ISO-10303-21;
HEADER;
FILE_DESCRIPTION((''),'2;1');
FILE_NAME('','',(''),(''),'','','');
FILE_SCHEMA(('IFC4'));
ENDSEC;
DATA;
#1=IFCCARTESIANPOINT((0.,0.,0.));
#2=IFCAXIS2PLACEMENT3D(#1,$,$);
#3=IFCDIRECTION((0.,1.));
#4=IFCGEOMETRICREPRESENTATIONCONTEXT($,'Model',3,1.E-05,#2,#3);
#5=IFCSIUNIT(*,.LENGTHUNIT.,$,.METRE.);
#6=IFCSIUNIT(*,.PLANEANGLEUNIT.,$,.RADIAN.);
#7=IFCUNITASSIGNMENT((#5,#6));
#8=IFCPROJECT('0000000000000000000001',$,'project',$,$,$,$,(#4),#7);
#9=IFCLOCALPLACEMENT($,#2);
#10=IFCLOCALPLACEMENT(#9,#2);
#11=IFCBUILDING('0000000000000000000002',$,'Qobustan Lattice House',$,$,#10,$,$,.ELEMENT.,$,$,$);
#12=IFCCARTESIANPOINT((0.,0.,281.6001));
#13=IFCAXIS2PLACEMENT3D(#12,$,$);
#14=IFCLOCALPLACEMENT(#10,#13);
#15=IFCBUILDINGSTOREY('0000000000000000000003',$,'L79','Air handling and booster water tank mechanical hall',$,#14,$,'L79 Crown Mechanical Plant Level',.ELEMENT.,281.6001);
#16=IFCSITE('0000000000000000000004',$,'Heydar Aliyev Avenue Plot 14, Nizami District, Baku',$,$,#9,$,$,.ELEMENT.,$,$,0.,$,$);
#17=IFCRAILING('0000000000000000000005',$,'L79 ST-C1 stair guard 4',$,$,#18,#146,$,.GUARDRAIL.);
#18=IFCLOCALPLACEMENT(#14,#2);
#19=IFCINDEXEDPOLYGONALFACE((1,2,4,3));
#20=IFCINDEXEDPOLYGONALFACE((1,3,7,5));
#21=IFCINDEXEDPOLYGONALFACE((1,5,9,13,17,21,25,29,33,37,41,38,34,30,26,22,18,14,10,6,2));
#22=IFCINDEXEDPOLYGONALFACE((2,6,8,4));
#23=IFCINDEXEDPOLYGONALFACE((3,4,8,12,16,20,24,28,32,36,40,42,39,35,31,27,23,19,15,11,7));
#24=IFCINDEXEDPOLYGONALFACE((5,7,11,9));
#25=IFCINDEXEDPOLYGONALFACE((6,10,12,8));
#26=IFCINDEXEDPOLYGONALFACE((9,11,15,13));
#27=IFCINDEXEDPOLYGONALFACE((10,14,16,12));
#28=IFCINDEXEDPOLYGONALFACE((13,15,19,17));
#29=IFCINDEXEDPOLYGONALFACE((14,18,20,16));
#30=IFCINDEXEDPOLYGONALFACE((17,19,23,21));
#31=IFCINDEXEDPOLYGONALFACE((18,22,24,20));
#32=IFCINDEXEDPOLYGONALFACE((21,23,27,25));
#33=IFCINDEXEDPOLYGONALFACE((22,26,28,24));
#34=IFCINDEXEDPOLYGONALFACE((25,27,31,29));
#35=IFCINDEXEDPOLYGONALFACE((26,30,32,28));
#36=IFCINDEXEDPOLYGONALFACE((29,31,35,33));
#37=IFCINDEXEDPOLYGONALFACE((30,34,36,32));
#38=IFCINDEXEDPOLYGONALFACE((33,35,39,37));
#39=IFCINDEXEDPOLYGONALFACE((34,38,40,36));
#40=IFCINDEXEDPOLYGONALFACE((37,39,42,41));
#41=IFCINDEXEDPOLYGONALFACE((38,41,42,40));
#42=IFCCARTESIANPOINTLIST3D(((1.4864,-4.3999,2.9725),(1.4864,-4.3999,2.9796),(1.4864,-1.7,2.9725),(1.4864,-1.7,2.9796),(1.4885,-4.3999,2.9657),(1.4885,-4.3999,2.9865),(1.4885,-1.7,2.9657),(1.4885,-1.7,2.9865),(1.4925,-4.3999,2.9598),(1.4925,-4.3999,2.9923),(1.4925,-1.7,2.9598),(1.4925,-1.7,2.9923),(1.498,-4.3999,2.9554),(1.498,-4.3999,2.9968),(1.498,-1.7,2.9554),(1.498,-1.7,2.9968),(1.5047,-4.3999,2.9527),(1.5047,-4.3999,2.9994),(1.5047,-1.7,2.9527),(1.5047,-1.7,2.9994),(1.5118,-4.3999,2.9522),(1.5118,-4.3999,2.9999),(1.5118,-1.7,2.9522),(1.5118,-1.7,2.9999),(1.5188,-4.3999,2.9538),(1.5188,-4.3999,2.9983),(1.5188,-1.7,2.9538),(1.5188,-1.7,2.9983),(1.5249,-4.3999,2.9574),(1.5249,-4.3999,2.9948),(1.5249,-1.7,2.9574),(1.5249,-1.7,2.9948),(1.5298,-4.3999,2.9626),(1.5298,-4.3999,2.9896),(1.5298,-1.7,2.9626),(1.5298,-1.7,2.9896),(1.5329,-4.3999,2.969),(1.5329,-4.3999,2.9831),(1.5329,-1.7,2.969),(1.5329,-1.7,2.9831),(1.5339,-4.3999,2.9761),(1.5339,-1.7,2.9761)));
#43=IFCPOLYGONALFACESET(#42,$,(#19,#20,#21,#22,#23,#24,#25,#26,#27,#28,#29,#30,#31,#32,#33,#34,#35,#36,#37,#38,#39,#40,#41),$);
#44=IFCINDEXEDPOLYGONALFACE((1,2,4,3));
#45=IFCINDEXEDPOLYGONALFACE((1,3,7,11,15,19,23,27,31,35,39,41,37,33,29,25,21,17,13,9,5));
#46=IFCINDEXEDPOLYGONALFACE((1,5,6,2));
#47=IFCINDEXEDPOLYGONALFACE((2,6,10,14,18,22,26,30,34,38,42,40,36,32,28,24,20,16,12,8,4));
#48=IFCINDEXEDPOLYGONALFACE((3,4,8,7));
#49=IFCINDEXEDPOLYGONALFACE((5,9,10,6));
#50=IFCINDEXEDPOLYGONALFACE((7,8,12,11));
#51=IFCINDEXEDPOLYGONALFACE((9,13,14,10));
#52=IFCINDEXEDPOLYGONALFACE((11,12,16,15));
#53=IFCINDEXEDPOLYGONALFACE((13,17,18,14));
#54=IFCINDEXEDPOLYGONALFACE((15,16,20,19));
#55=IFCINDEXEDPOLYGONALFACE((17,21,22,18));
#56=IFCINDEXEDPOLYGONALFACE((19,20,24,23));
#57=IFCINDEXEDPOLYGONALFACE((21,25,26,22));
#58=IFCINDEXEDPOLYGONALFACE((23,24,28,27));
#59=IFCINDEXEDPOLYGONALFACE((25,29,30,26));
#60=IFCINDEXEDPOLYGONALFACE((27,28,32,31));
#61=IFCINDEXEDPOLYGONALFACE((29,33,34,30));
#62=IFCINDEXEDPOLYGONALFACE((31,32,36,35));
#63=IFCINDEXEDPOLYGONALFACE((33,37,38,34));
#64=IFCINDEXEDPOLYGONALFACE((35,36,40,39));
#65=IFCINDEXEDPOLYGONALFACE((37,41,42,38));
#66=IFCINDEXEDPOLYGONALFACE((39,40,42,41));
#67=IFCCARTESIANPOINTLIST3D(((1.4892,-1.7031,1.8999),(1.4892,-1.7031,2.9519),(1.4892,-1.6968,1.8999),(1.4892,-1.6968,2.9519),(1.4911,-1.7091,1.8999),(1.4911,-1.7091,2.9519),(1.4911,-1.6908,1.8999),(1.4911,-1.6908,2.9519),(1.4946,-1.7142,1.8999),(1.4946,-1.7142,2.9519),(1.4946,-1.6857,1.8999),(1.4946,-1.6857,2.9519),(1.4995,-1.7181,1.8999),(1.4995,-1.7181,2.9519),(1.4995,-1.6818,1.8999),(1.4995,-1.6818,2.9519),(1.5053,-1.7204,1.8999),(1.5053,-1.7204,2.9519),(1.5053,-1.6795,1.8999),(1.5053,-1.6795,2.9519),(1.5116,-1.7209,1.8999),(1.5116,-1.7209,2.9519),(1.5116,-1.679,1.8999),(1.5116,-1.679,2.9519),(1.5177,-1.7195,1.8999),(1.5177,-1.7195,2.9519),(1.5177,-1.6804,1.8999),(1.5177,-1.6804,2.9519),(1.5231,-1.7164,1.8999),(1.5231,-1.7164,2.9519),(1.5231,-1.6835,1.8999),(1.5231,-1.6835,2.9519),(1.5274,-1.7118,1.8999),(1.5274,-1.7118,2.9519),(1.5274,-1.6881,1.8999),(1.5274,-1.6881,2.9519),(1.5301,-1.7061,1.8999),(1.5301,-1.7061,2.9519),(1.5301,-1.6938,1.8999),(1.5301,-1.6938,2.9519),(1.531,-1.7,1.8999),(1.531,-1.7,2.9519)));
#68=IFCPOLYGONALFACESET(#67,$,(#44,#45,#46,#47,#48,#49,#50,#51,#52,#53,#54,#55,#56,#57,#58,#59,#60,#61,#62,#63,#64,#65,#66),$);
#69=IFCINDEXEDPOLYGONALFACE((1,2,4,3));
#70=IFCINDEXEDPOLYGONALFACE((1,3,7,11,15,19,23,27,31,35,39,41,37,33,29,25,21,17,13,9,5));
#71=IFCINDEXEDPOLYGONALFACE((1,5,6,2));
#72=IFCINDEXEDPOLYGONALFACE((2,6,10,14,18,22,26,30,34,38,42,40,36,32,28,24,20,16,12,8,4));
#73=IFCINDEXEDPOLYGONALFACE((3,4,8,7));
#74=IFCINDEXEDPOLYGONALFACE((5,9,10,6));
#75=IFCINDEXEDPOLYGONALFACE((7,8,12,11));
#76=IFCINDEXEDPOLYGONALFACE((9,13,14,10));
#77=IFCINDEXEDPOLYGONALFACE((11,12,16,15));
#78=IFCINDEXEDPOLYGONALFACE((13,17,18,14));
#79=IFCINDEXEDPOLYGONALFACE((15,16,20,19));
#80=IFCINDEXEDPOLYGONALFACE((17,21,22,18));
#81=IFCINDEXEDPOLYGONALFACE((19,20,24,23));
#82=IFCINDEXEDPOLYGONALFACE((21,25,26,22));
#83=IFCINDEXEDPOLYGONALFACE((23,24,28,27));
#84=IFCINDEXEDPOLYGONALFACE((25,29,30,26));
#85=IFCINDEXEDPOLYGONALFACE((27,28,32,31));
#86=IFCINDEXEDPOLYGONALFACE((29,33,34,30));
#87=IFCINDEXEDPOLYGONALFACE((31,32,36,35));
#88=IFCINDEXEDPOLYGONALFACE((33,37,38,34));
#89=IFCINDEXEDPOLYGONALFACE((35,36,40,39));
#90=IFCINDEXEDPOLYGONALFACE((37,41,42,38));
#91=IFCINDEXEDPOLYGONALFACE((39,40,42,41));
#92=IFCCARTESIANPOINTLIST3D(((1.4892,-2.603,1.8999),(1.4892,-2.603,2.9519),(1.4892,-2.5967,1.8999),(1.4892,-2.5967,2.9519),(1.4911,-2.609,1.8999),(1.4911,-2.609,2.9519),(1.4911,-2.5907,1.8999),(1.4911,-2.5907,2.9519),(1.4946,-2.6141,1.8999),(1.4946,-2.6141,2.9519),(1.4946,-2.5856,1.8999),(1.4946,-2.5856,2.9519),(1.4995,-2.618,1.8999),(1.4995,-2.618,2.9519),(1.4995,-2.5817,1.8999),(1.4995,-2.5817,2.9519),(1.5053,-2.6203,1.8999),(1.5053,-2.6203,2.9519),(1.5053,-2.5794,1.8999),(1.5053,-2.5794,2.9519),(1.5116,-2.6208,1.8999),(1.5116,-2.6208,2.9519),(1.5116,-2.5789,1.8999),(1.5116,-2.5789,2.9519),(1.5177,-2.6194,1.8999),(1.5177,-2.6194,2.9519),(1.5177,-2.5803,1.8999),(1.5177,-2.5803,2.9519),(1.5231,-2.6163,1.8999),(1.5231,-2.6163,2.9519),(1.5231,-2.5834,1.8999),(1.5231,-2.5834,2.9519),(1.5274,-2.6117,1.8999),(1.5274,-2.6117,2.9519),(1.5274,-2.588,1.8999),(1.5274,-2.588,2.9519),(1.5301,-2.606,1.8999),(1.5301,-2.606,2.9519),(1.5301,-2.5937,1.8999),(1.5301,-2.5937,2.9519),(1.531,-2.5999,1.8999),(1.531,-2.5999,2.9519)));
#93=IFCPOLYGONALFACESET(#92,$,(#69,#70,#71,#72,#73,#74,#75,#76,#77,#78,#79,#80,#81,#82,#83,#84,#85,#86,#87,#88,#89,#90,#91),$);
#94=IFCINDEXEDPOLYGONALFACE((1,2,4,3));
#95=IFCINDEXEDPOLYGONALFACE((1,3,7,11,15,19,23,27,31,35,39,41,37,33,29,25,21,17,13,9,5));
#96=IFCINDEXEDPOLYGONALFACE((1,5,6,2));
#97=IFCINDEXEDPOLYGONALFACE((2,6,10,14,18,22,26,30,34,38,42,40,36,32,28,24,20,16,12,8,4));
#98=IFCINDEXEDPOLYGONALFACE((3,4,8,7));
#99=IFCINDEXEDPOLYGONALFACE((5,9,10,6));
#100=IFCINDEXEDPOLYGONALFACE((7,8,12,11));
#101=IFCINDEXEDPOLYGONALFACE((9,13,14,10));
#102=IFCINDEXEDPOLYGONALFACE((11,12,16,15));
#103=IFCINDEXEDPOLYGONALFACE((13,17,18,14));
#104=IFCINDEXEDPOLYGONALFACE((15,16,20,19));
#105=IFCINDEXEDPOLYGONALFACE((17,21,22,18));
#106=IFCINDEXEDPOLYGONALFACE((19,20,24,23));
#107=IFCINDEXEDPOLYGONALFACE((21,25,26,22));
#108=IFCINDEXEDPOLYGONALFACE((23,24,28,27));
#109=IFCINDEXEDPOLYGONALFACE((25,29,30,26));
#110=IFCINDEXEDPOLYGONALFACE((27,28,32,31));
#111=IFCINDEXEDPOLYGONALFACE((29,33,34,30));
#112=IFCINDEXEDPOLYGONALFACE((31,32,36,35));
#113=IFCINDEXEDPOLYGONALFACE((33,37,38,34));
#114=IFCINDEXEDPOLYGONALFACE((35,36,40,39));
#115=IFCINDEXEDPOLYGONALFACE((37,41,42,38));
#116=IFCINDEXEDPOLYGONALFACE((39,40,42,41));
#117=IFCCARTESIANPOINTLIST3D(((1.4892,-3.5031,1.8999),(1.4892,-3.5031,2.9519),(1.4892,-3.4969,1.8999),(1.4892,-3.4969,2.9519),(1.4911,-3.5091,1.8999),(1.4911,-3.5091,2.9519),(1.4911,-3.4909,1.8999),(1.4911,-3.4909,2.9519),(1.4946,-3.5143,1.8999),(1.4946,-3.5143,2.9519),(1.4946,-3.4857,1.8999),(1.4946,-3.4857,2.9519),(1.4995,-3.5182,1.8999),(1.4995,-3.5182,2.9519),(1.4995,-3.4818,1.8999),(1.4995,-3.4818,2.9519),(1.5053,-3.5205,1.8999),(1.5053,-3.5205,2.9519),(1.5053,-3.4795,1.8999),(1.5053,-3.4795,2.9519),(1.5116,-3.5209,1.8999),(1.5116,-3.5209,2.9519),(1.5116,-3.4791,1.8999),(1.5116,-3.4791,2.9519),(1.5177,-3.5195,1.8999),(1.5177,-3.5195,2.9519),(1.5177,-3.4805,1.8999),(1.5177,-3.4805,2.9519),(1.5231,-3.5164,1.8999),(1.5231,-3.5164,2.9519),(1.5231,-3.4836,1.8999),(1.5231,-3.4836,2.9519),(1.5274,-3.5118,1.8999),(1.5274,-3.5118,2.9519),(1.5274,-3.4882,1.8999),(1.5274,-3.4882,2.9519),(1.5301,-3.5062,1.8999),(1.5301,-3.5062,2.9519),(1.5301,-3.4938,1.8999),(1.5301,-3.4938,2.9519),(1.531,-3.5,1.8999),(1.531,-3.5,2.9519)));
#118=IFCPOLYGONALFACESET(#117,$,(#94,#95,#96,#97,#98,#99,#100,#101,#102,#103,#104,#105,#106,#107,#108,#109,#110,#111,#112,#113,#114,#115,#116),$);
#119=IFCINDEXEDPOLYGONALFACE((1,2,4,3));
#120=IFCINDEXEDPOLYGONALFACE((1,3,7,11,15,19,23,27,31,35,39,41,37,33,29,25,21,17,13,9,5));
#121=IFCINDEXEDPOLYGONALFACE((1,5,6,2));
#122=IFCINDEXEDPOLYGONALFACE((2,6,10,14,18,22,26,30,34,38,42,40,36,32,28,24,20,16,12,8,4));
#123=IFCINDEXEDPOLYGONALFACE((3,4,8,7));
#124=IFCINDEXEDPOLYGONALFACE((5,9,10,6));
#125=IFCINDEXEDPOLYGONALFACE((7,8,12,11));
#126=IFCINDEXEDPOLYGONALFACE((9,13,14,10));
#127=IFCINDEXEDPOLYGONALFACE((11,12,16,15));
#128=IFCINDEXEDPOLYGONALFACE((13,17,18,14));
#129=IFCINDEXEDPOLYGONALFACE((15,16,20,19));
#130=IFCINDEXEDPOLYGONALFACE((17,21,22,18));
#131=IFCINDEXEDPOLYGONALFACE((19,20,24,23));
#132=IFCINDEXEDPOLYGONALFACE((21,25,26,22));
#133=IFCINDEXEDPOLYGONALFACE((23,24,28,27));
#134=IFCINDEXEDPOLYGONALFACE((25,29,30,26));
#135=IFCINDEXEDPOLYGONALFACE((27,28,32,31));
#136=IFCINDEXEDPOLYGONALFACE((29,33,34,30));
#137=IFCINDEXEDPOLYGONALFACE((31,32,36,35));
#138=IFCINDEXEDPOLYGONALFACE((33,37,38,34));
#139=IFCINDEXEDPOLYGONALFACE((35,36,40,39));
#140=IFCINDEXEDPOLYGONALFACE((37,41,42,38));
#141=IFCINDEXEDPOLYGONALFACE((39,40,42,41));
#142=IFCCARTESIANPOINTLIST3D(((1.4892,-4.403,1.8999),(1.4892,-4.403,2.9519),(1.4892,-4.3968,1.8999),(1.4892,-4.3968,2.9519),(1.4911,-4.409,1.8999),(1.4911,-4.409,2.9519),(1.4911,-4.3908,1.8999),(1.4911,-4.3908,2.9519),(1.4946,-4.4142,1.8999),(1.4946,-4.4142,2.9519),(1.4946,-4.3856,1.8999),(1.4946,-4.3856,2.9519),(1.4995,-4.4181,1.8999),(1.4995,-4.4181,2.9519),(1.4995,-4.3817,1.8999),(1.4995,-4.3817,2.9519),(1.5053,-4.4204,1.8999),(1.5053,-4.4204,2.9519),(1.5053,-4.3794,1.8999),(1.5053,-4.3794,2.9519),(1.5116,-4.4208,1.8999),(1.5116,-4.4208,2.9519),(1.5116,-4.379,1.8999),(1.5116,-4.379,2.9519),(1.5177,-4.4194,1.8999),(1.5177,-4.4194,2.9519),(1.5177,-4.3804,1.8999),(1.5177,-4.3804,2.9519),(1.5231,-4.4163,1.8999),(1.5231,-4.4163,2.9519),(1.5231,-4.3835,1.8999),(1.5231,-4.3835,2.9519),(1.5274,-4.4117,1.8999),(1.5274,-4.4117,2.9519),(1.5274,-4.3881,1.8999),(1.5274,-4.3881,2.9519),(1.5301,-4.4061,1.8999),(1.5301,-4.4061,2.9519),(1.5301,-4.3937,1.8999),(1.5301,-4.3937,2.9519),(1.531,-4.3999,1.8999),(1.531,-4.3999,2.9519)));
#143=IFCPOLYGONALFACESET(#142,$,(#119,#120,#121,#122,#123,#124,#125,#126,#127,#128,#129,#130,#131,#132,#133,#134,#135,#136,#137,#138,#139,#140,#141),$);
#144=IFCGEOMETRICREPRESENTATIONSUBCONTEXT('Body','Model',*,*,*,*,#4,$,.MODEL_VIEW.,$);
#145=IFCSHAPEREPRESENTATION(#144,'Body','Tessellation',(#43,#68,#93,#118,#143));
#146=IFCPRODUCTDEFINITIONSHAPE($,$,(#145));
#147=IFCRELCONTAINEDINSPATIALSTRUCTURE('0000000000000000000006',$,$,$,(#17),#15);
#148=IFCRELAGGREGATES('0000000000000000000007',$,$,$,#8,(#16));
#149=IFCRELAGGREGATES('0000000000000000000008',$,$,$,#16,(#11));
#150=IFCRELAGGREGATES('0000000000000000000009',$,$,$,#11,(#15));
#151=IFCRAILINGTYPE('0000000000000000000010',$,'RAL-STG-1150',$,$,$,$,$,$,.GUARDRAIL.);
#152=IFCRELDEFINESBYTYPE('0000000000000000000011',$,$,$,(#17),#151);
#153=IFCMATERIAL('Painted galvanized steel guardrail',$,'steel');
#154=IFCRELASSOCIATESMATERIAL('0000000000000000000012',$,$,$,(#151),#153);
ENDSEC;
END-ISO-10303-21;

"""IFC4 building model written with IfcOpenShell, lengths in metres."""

from ifc_helpers import new_model, si_unit, direction, frame, origin, origin_2d, place, context, subcontext, project, spatial, circle, extrude, material, type_object, element, save


model = new_model("IFC4")

# Units and contexts
model_context = context("Model", 3, precision=1e-05, world=origin(), true_north=direction((0.0, 1.0)))
body_context = subcontext(model_context, "Body", "Model", "MODEL_VIEW")
ifc_project = project(units=[si_unit("LENGTHUNIT", "METRE"), si_unit("PLANEANGLEUNIT", "RADIAN")], contexts=[model_context])

# Site, building, storey
site_placement = place(None, origin())
site = spatial("IfcSite", under=ifc_project, at=site_placement, Name="Heydar Aliyev Avenue Plot 14, Nizami District, Baku", CompositionType="ELEMENT", RefElevation=0.0)
building_placement = place(site_placement, origin())
building = spatial("IfcBuilding", under=site, at=building_placement, Name="Qobustan Lattice House", CompositionType="ELEMENT")
storey_placement = place(building_placement, frame((0.0, 0.0, 281.6001)))
storey = spatial("IfcBuildingStorey", under=building, at=storey_placement, Name="L79", Description="Air handling and booster water tank mechanical hall", LongName="L79 Crown Mechanical Plant Level", CompositionType="ELEMENT", Elevation=281.6001)

# Railing
ifc_material_1 = material(Name="Painted galvanized steel guardrail", Category="steel")
railing_type_1 = type_object("IfcRailingType", Name="RAL-STG-1150", PredefinedType="GUARDRAIL", material=ifc_material_1)
railing_1_placement = place(storey_placement, frame((1.51, -1.7, 1.8999)))
element("IfcRailing", 1, at=railing_1_placement, inside=storey, type_object=railing_type_1, Name="L79 ST-C1 stair guard 4", PredefinedType="GUARDRAIL", context=body_context, shape_type="SweptSolid", body=[
    extrude(circle(Radius=0.0239, at=origin_2d()), frame((0.0, 0.0, 1.0762), z_axis=(0.0, -1.0, 0.0), x_axis=(1.0, 0.0, 0.0)), (0.0, 0.0, 1.0), 2.7),
    extrude(circle(Radius=0.021, at=origin_2d()), origin(), (0.0, 0.0, 1.0), 1.052),
    extrude(circle(Radius=0.021, at=origin_2d()), frame((0.0, -0.8999, 0.0)), (0.0, 0.0, 1.0), 1.052),
    extrude(circle(Radius=0.021, at=origin_2d()), frame((0.0, -1.8, 0.0)), (0.0, 0.0, 1.0), 1.052),
    extrude(circle(Radius=0.021, at=origin_2d()), frame((0.0, -2.7, 0.0)), (0.0, 0.0, 1.0), 1.052),
])

save(model, "model.ifc")
